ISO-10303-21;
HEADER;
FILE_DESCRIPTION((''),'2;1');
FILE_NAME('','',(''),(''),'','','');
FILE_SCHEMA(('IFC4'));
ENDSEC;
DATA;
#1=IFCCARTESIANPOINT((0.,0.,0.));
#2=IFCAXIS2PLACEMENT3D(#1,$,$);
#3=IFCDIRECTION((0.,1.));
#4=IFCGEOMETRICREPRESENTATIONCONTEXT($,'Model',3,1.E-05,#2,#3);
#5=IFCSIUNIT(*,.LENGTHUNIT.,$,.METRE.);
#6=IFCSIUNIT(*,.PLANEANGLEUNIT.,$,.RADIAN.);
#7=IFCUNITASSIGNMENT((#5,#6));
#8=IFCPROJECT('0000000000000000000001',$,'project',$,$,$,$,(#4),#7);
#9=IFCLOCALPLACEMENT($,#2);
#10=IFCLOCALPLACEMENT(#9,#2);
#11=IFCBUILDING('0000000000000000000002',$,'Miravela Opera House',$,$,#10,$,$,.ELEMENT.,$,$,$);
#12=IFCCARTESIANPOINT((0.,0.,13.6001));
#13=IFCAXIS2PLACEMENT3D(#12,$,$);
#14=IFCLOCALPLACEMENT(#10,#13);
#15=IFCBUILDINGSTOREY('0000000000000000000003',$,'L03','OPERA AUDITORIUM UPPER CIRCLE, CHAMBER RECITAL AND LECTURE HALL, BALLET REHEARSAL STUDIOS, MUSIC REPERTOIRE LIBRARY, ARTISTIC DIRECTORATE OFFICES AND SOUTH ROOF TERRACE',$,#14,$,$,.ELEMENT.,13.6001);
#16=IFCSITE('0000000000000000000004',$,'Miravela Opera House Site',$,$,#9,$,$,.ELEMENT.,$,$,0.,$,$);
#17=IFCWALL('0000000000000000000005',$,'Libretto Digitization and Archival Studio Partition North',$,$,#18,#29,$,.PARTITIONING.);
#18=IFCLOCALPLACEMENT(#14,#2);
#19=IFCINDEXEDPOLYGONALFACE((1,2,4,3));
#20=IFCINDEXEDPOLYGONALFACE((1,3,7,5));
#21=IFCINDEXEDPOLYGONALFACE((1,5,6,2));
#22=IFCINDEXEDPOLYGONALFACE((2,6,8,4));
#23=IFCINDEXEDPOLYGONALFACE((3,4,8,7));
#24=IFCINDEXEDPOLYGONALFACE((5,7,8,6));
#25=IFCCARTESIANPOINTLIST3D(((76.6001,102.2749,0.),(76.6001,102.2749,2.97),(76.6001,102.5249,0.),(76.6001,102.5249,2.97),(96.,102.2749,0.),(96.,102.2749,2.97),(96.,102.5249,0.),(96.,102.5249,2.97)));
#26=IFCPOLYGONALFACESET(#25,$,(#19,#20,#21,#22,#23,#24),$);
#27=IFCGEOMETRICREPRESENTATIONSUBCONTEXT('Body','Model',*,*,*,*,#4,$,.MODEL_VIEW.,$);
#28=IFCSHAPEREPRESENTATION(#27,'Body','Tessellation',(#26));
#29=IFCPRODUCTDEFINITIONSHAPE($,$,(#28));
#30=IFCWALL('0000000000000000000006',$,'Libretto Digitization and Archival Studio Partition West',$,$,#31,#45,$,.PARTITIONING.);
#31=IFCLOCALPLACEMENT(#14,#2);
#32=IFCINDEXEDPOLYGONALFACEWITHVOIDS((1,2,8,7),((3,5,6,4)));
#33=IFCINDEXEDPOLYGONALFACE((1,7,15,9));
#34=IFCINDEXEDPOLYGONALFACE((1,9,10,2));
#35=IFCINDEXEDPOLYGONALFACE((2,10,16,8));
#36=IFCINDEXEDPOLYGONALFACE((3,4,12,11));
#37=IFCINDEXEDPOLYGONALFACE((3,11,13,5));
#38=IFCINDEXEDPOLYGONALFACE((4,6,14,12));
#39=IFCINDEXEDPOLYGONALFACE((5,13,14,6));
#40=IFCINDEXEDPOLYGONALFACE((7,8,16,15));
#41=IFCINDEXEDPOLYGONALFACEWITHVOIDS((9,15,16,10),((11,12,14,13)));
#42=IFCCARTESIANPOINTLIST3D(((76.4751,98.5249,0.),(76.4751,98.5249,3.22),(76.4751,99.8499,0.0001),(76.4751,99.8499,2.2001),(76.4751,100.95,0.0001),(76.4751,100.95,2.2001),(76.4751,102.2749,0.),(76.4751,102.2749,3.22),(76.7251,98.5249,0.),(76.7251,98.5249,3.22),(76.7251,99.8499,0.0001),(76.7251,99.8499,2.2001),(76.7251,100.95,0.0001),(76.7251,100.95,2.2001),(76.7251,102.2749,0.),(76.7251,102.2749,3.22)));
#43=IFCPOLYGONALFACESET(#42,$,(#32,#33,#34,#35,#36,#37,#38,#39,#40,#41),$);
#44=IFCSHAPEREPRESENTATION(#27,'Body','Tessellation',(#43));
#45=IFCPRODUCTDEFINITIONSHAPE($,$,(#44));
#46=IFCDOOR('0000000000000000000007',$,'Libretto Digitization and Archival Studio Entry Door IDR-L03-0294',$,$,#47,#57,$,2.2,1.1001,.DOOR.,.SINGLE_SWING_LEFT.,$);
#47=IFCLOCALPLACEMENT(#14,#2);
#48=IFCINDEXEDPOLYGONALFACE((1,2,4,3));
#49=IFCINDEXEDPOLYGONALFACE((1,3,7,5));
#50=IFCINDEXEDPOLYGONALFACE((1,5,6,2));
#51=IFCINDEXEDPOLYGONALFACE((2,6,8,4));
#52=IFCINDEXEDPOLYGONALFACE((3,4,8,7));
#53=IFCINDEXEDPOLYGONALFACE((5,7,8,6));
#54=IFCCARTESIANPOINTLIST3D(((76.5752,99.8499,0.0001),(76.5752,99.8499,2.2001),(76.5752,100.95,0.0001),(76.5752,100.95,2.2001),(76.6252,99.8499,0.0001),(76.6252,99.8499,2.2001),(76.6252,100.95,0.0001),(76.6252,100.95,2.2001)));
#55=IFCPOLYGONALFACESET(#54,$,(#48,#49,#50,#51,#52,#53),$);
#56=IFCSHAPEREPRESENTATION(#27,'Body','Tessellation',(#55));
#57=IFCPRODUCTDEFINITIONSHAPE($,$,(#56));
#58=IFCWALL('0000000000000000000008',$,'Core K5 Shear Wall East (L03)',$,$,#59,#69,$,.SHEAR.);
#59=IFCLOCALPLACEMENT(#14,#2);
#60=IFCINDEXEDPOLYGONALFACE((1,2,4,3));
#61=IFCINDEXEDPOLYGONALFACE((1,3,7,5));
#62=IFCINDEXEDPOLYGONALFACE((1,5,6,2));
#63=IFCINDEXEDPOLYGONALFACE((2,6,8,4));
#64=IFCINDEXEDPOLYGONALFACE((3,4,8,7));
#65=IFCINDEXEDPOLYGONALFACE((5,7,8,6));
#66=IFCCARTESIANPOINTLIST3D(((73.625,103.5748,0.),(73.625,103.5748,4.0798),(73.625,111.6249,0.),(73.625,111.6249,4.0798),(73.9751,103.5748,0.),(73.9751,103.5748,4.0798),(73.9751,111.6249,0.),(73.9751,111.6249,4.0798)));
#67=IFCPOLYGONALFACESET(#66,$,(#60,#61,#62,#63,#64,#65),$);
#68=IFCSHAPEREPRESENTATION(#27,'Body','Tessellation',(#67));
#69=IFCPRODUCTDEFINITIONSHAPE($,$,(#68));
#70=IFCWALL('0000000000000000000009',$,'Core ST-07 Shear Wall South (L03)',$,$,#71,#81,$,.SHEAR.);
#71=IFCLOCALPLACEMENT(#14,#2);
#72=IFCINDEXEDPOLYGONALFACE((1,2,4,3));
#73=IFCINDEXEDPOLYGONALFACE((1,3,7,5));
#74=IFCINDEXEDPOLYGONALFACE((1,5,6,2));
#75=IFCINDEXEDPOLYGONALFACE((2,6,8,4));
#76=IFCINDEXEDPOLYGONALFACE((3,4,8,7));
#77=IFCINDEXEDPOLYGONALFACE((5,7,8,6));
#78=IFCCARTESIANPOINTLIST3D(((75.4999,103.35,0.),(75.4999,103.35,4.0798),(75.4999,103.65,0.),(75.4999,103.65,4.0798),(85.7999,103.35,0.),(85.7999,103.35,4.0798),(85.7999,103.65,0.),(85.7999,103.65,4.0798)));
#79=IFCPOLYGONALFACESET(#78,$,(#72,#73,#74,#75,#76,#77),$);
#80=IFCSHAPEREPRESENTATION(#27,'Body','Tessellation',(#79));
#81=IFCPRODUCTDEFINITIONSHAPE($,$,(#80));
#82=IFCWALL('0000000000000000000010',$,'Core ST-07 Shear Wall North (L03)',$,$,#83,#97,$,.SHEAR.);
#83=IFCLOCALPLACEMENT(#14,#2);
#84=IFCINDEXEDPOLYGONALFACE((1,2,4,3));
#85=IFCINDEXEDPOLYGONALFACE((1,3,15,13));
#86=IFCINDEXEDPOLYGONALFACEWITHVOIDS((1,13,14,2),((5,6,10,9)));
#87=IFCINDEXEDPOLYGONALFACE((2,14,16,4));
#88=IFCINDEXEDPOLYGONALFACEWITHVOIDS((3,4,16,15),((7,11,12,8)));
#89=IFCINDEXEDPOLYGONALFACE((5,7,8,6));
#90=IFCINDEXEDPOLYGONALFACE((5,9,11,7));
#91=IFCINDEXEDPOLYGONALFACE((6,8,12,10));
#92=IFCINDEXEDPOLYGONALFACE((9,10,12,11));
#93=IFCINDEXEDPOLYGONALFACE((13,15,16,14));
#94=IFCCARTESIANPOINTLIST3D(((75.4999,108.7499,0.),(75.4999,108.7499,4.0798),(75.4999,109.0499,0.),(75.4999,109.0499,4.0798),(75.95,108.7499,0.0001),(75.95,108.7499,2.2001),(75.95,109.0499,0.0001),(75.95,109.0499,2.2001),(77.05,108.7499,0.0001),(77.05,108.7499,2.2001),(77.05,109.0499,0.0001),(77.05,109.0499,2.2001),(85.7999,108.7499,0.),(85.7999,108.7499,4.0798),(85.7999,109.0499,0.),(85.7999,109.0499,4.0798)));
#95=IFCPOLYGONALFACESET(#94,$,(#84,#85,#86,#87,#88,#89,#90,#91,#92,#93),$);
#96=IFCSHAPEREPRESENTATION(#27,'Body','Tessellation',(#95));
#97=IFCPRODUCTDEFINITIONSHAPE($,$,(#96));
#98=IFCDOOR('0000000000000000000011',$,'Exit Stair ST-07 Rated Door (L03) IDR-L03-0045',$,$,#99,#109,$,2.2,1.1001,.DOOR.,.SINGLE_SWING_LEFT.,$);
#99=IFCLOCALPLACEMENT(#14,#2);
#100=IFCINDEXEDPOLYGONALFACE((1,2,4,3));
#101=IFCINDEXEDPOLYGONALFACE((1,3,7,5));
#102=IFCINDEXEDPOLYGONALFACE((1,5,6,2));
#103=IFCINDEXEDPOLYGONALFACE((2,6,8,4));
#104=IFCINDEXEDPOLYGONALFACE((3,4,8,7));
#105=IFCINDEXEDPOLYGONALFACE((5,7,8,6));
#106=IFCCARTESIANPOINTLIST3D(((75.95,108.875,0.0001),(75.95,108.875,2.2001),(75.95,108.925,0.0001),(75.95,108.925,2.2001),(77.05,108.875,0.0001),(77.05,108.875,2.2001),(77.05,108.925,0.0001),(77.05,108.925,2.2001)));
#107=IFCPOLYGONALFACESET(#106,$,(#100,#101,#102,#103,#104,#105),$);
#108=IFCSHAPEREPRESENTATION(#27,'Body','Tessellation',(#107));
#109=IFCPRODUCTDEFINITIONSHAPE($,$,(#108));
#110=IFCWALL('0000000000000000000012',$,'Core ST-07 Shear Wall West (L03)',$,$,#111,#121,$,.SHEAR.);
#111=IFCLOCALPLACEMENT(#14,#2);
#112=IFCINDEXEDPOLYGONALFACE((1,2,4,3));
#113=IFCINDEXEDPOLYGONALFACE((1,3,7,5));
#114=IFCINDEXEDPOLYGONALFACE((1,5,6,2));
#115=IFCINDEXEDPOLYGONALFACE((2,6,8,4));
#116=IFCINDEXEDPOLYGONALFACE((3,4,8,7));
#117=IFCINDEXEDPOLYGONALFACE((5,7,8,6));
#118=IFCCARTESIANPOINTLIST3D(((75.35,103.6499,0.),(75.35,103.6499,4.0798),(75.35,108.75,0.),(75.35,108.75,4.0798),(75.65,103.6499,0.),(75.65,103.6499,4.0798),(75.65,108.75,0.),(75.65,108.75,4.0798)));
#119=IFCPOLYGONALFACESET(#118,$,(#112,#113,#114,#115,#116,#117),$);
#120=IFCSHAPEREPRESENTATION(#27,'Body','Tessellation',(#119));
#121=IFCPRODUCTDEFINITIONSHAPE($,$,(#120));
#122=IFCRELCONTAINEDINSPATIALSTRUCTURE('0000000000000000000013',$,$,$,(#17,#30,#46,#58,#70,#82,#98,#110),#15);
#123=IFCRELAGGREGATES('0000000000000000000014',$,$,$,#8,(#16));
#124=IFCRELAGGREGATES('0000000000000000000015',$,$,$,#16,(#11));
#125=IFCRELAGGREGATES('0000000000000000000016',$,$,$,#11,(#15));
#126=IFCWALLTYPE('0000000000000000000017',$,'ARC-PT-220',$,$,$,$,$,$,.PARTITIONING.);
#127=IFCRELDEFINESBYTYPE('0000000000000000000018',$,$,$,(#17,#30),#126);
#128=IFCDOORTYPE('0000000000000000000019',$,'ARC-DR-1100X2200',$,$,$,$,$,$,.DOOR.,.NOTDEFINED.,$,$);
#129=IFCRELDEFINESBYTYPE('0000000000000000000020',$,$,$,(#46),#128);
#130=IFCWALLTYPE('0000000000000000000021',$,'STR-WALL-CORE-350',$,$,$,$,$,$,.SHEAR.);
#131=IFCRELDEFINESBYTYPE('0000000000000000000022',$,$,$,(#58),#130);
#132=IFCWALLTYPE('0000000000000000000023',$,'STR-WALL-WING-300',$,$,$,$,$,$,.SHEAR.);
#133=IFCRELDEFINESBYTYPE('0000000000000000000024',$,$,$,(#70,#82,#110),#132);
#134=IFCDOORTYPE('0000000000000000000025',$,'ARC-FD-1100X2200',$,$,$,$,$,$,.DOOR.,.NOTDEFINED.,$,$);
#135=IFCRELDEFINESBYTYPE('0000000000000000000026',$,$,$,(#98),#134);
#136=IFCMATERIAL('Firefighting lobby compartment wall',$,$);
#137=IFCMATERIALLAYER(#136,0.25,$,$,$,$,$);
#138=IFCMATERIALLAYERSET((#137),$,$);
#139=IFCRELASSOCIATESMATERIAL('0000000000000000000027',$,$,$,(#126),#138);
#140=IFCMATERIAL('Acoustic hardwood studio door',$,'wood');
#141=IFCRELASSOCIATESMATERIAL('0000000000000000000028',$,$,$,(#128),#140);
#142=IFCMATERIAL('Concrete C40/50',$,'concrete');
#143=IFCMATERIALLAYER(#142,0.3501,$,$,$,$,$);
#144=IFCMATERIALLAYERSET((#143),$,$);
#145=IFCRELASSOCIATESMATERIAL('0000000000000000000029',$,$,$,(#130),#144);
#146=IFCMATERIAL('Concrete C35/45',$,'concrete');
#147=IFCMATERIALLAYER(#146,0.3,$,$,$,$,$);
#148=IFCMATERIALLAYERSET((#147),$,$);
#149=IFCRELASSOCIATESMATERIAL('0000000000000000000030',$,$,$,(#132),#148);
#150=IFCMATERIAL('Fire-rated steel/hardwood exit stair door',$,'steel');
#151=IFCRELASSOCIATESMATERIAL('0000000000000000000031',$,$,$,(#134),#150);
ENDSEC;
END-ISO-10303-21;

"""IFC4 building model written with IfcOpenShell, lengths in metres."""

from ifc_helpers import new_model, si_unit, direction, frame, frame_2d, origin, place, context, subcontext, project, spatial, rectangle, extrude, material, layer, layer_set, type_object, element, fill, save


model = new_model("IFC4")

# Units and contexts
model_context = context("Model", 3, precision=1e-05, world=origin(), true_north=direction((0.0, 1.0)))
body_context = subcontext(model_context, "Body", "Model", "MODEL_VIEW")
ifc_project = project(units=[si_unit("LENGTHUNIT", "METRE"), si_unit("PLANEANGLEUNIT", "RADIAN")], contexts=[model_context])

# Site, building, storey
site_placement = place(None, origin())
site = spatial("IfcSite", under=ifc_project, at=site_placement, Name="Miravela Opera House Site", CompositionType="ELEMENT", RefElevation=0.0)
building_placement = place(site_placement, origin())
building = spatial("IfcBuilding", under=site, at=building_placement, Name="Miravela Opera House", CompositionType="ELEMENT")
storey_placement = place(building_placement, frame((0.0, 0.0, 13.6001)))
storey = spatial("IfcBuildingStorey", under=building, at=storey_placement, Name="L03", Description="OPERA AUDITORIUM UPPER CIRCLE, CHAMBER RECITAL AND LECTURE HALL, BALLET REHEARSAL STUDIOS, MUSIC REPERTOIRE LIBRARY, ARTISTIC DIRECTORATE OFFICES AND SOUTH ROOF TERRACE", CompositionType="ELEMENT", Elevation=13.6001)

# Shared definitions
ifc_material_1 = material(Name="Concrete C35/45", Category="concrete")

# Shared definitions
ifc_material_2 = material(Name="Concrete C40/50", Category="concrete")

# Wall
ifc_material_3 = material(Name="Firefighting lobby compartment wall")
ifc_layer_1 = layer(ifc_material_3, 0.25)
ifc_layer_set_1 = layer_set([ifc_layer_1])
wall_type_1 = type_object("IfcWallType", Name="ARC-PT-220", PredefinedType="PARTITIONING", material=ifc_layer_set_1)
for number, where, z_axis, x_axis, name in (
    (1, (76.6001, 102.3999, 0.0), (0.0, 0.0, 1.0), (1.0, 0.0, 0.0), "Libretto Digitization and Archival Studio Partition North"),
):
    element("IfcWall", number, at=place(storey_placement, frame(where, z_axis=z_axis, x_axis=x_axis)), inside=storey, type_object=wall_type_1, Name=name, PredefinedType="PARTITIONING", context=body_context, shape_type="SweptSolid", body=[
        extrude(rectangle(XDim=19.3999, YDim=0.25, at=frame_2d((9.7, 0.0))), origin(), (0.0, 0.0, 1.0), 2.97),
    ])

# Wall, opening, door
wall_1_placement = place(storey_placement, frame((76.6001, 98.5249, 0.0), z_axis=(0.0, 0.0, 1.0), x_axis=(0.0, 1.0, 0.0)))
wall_1 = element("IfcWall", 2, at=wall_1_placement, inside=storey, type_object=wall_type_1, Name="Libretto Digitization and Archival Studio Partition West", PredefinedType="PARTITIONING", context=body_context, shape_type="SweptSolid", body=[
    extrude(rectangle(XDim=3.75, YDim=0.25, at=frame_2d((1.875, 0.0))), origin(), (0.0, 0.0, 1.0), 3.22),
])
opening_1_placement = place(wall_1_placement, frame((1.325, 0.0, 0.0)))
opening_1 = element("IfcOpeningElement", 3, at=opening_1_placement, cuts=wall_1, PredefinedType="OPENING", context=body_context, shape_type="SweptSolid", body=[
    extrude(rectangle(XDim=1.1001, YDim=2.2, at=frame_2d((0.55, 1.1001))), frame((0.0, 0.135, 0.0), z_axis=(0.0, -1.0, 0.0), x_axis=(1.0, 0.0, 0.0)), (0.0, 0.0, 1.0), 0.27),
])
ifc_material_4 = material(Name="Acoustic hardwood studio door", Category="wood")
door_type_1 = type_object("IfcDoorType", Name="ARC-DR-1100X2200", OperationType="NOTDEFINED", PredefinedType="DOOR", material=ifc_material_4)
door_1_placement = place(opening_1_placement, origin())
door_1 = element("IfcDoor", 4, at=door_1_placement, inside=storey, type_object=door_type_1, Name="Libretto Digitization and Archival Studio Entry Door IDR-L03-0294", OperationType="SINGLE_SWING_LEFT", OverallHeight=2.2, OverallWidth=1.1001, PredefinedType="DOOR", context=body_context, shape_type="SweptSolid", body=[
    extrude(rectangle(XDim=1.1001, YDim=2.2, at=frame_2d((0.55, 1.1001))), frame((0.0, 0.0249, 0.0), z_axis=(0.0, -1.0, 0.0), x_axis=(1.0, 0.0, 0.0)), (0.0, 0.0, 1.0), 0.05),
])
fill(opening_1, door_1)

# Walls
ifc_layer_2 = layer(ifc_material_2, 0.3501)
ifc_layer_set_2 = layer_set([ifc_layer_2])
wall_type_2 = type_object("IfcWallType", Name="STR-WALL-CORE-350", PredefinedType="SHEAR", material=ifc_layer_set_2)
wall_2_placement = place(storey_placement, frame((73.8, 103.575, 0.0), z_axis=(0.0, 0.0, 1.0), x_axis=(0.0, 1.0, 0.0)))
element("IfcWall", 5, at=wall_2_placement, inside=storey, type_object=wall_type_2, Name="Core K5 Shear Wall East (L03)", PredefinedType="SHEAR", context=body_context, shape_type="SweptSolid", body=[
    extrude(rectangle(XDim=8.05, YDim=0.3501, at=frame_2d((4.0249, 0.0))), origin(), (0.0, 0.0, 1.0), 4.0798),
])
ifc_layer_3 = layer(ifc_material_1, 0.3)
ifc_layer_set_3 = layer_set([ifc_layer_3])
wall_type_3 = type_object("IfcWallType", Name="STR-WALL-WING-300", PredefinedType="SHEAR", material=ifc_layer_set_3)
wall_3_placement = place(storey_placement, frame((75.5, 103.5, 0.0), z_axis=(0.0, 0.0, 1.0), x_axis=(1.0, 0.0, 0.0)))
element("IfcWall", 6, at=wall_3_placement, inside=storey, type_object=wall_type_3, Name="Core ST-07 Shear Wall South (L03)", PredefinedType="SHEAR", context=body_context, shape_type="SweptSolid", body=[
    extrude(rectangle(XDim=10.3, YDim=0.3, at=frame_2d((5.1499, 0.0))), origin(), (0.0, 0.0, 1.0), 4.0798),
])

# Wall, opening, door
wall_4_placement = place(storey_placement, frame((75.5, 108.8999, 0.0), z_axis=(0.0, 0.0, 1.0), x_axis=(1.0, 0.0, 0.0)))
wall_4 = element("IfcWall", 7, at=wall_4_placement, inside=storey, type_object=wall_type_3, Name="Core ST-07 Shear Wall North (L03)", PredefinedType="SHEAR", context=body_context, shape_type="SweptSolid", body=[
    extrude(rectangle(XDim=10.3, YDim=0.3, at=frame_2d((5.1499, 0.0))), origin(), (0.0, 0.0, 1.0), 4.0798),
])
opening_2_placement = place(wall_4_placement, frame((0.45, 0.0, 0.0)))
opening_2 = element("IfcOpeningElement", 8, at=opening_2_placement, cuts=wall_4, PredefinedType="OPENING", context=body_context, shape_type="SweptSolid", body=[
    extrude(rectangle(XDim=1.1001, YDim=2.2, at=frame_2d((0.55, 1.1001))), frame((0.0, 0.1599, 0.0), z_axis=(0.0, -1.0, 0.0), x_axis=(1.0, 0.0, 0.0)), (0.0, 0.0, 1.0), 0.3201),
])
ifc_material_5 = material(Name="Fire-rated steel/hardwood exit stair door", Category="steel")
door_type_2 = type_object("IfcDoorType", Name="ARC-FD-1100X2200", OperationType="NOTDEFINED", PredefinedType="DOOR", material=ifc_material_5)
door_2_placement = place(opening_2_placement, frame((1.1001, 0.0, 0.0), z_axis=(0.0, 0.0, 1.0), x_axis=(-1.0, 0.0, 0.0)))
door_2 = element("IfcDoor", 9, at=door_2_placement, inside=storey, type_object=door_type_2, Name="Exit Stair ST-07 Rated Door (L03) IDR-L03-0045", OperationType="SINGLE_SWING_LEFT", OverallHeight=2.2, OverallWidth=1.1001, PredefinedType="DOOR", context=body_context, shape_type="SweptSolid", body=[
    extrude(rectangle(XDim=1.1001, YDim=2.2, at=frame_2d((0.55, 1.1001))), frame((0.0, 0.0249, 0.0), z_axis=(0.0, -1.0, 0.0), x_axis=(1.0, 0.0, 0.0)), (0.0, 0.0, 1.0), 0.05),
])
fill(opening_2, door_2)

# Wall
wall_5_placement = place(storey_placement, frame((75.5, 103.6499, 0.0), z_axis=(0.0, 0.0, 1.0), x_axis=(0.0, 1.0, 0.0)))
element("IfcWall", 10, at=wall_5_placement, inside=storey, type_object=wall_type_3, Name="Core ST-07 Shear Wall West (L03)", PredefinedType="SHEAR", context=body_context, shape_type="SweptSolid", body=[
    extrude(rectangle(XDim=5.1001, YDim=0.3, at=frame_2d((2.55, 0.0))), origin(), (0.0, 0.0, 1.0), 4.0798),
])

save(model, "model.ifc")
